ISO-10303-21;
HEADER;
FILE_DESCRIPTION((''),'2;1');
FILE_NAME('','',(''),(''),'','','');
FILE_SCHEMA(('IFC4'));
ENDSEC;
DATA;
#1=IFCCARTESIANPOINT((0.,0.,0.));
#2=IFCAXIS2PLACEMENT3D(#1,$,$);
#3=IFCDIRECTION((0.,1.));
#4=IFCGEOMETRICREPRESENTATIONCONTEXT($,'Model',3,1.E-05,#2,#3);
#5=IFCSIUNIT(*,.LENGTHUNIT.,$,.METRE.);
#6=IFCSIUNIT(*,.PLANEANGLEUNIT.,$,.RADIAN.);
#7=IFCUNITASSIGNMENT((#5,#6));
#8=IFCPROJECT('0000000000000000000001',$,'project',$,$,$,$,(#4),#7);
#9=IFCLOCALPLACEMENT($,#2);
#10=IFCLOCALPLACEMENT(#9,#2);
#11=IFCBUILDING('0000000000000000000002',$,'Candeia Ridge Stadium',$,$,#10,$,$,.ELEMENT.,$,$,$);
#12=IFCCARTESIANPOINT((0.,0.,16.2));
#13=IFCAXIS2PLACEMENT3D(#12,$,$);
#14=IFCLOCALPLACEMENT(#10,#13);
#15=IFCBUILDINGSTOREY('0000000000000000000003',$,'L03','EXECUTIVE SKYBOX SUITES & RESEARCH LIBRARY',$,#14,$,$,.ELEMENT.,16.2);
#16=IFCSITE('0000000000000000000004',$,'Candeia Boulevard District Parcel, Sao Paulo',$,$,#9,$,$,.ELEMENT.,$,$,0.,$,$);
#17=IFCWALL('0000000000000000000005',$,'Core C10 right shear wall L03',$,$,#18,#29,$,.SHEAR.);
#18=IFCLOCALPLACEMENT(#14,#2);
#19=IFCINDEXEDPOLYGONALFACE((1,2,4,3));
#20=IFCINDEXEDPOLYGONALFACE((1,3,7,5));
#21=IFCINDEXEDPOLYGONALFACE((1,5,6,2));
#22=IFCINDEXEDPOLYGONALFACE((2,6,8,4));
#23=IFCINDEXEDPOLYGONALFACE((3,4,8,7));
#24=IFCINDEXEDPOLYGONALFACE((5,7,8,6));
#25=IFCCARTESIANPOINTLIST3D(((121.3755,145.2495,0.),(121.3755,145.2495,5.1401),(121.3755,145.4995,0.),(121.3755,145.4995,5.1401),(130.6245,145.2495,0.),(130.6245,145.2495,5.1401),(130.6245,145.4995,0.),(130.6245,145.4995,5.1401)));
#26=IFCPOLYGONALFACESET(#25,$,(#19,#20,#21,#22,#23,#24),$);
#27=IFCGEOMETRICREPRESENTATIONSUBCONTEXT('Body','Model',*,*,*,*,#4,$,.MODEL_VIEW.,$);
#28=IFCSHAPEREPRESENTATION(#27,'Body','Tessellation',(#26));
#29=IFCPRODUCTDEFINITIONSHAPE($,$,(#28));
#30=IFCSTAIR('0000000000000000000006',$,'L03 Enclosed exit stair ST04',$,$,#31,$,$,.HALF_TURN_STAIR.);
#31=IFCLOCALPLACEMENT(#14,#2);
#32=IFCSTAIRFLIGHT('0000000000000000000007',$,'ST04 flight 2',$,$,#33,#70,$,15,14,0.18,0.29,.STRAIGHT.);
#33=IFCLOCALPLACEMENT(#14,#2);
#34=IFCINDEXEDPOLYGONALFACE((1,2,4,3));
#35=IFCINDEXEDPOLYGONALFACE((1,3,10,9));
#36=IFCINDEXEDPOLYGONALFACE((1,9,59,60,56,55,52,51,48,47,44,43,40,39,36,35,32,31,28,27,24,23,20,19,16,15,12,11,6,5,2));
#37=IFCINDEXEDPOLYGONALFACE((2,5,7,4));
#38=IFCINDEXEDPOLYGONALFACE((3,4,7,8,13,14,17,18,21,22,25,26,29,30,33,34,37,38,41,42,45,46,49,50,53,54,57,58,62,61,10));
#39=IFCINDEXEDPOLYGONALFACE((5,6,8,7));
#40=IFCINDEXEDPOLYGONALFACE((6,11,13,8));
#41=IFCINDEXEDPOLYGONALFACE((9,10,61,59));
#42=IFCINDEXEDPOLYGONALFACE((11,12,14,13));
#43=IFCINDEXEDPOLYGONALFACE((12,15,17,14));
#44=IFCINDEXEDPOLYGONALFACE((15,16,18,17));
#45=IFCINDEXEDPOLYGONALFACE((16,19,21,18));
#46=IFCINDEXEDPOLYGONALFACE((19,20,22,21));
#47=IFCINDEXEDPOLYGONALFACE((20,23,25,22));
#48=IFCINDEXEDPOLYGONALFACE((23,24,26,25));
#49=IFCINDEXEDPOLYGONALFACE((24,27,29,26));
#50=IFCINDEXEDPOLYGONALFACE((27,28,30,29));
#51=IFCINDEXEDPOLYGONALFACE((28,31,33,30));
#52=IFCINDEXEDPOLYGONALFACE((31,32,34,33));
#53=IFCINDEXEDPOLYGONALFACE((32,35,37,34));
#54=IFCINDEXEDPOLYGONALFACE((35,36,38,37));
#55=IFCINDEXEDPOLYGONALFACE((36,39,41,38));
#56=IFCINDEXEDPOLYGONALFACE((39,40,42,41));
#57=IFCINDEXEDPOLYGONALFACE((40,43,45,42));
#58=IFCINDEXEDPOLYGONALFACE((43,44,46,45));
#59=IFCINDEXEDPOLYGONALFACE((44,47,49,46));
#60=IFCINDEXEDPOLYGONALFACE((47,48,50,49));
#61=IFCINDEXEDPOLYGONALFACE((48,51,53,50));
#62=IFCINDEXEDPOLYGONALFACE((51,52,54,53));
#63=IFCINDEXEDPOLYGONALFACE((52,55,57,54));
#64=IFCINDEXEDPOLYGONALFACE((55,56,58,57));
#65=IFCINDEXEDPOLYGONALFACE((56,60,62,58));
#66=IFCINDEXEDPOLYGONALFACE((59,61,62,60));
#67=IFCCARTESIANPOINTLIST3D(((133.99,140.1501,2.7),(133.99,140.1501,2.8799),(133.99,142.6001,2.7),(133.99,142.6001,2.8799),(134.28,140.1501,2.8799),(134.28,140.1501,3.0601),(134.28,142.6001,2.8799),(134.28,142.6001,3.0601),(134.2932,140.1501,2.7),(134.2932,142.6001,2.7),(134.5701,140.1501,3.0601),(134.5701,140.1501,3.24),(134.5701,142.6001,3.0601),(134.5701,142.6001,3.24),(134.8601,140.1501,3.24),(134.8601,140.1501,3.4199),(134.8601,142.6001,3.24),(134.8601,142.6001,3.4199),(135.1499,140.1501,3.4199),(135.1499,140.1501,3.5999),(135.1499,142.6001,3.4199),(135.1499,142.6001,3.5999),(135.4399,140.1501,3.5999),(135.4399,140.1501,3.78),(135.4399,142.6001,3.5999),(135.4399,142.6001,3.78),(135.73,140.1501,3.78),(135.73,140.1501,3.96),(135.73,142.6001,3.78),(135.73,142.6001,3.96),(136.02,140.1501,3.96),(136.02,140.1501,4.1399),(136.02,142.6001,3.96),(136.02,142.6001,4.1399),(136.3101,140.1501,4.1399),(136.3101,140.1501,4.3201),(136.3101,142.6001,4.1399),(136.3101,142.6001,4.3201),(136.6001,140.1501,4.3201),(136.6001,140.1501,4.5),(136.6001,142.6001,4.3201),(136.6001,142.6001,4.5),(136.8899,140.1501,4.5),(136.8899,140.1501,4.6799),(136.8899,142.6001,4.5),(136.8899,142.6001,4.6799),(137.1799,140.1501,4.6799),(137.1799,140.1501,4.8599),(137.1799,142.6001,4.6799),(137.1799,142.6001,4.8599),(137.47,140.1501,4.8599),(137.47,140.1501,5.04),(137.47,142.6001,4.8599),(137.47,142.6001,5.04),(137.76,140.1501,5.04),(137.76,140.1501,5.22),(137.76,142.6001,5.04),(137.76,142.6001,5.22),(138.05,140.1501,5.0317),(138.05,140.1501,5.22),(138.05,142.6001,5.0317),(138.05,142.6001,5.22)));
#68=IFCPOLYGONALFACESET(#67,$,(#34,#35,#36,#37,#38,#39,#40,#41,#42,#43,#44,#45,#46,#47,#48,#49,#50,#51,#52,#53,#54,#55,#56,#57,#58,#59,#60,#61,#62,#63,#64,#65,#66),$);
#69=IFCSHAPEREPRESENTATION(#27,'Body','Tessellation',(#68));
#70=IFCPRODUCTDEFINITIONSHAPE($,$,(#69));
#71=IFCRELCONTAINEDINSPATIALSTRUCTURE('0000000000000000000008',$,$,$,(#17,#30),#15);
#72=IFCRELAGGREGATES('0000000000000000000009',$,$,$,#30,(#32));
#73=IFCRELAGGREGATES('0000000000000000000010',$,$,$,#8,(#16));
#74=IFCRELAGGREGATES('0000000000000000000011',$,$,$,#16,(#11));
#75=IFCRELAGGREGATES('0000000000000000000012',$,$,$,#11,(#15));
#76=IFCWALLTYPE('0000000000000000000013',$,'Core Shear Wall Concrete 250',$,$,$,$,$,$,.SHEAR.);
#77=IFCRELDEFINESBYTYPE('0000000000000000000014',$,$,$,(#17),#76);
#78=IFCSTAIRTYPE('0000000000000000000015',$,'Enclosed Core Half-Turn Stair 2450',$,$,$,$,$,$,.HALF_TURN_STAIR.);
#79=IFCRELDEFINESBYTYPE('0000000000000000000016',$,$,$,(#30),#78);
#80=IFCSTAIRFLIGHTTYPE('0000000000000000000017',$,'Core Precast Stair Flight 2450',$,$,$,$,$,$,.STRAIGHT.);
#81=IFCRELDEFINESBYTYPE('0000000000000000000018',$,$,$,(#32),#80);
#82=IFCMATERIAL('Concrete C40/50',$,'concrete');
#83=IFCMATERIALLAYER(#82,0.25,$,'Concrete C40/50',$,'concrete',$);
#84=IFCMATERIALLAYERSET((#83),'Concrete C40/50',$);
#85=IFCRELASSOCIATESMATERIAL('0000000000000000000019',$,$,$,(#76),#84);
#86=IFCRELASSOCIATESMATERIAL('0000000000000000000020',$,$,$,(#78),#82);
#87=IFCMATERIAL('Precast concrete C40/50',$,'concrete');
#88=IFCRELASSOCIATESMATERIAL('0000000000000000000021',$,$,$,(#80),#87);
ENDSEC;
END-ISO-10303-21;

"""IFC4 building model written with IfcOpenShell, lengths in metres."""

from ifc_helpers import new_model, si_unit, direction, frame, frame_2d, origin, place, context, subcontext, project, spatial, polyline, rectangle, outline, extrude, material, layer, layer_set, type_object, element, aggregate, save


model = new_model("IFC4")

# Units and contexts
model_context = context("Model", 3, precision=1e-05, world=origin(), true_north=direction((0.0, 1.0)))
body_context = subcontext(model_context, "Body", "Model", "MODEL_VIEW")
ifc_project = project(units=[si_unit("LENGTHUNIT", "METRE"), si_unit("PLANEANGLEUNIT", "RADIAN")], contexts=[model_context])

# Site, building, storey
site_placement = place(None, origin())
site = spatial("IfcSite", under=ifc_project, at=site_placement, Name="Candeia Boulevard District Parcel, Sao Paulo", CompositionType="ELEMENT", RefElevation=0.0)
building_placement = place(site_placement, origin())
building = spatial("IfcBuilding", under=site, at=building_placement, Name="Candeia Ridge Stadium", CompositionType="ELEMENT")
storey_placement = place(building_placement, frame((0.0, 0.0, 16.2)))
storey = spatial("IfcBuildingStorey", under=building, at=storey_placement, Name="L03", Description="EXECUTIVE SKYBOX SUITES & RESEARCH LIBRARY", CompositionType="ELEMENT", Elevation=16.2)

# Shared definitions
ifc_material_1 = material(Name="Concrete C40/50", Category="concrete")

# Wall
ifc_layer_1 = layer(ifc_material_1, 0.25, Name="Concrete C40/50", Category="concrete")
ifc_layer_set_1 = layer_set([ifc_layer_1], Name="Concrete C40/50")
wall_type = type_object("IfcWallType", Name="Core Shear Wall Concrete 250", PredefinedType="SHEAR", material=ifc_layer_set_1)
wall_1_placement = place(storey_placement, frame((130.6245, 145.3745, 0.0), z_axis=(0.0, 0.0, 1.0), x_axis=(-1.0, 0.0, 0.0)))
element("IfcWall", 1, at=wall_1_placement, inside=storey, type_object=wall_type, Name="Core C10 right shear wall L03", PredefinedType="SHEAR", context=body_context, shape_type="SweptSolid", body=[
    extrude(rectangle(XDim=9.249, YDim=0.25, at=frame_2d((4.6245, 0.0))), origin(), (0.0, 0.0, 1.0), 5.1401),
])

# Stair, stair flight
stair_type = type_object("IfcStairType", Name="Enclosed Core Half-Turn Stair 2450", PredefinedType="HALF_TURN_STAIR", material=ifc_material_1)
stair_placement = place(storey_placement, origin())
stair = element("IfcStair", 2, at=stair_placement, inside=storey, type_object=stair_type, Name="L03 Enclosed exit stair ST04", PredefinedType="HALF_TURN_STAIR")
ifc_material_2 = material(Name="Precast concrete C40/50", Category="concrete")
stair_flight_type = type_object("IfcStairFlightType", Name="Core Precast Stair Flight 2450", PredefinedType="STRAIGHT", material=ifc_material_2)
stair_flight_placement = place(storey_placement, frame((133.99, 141.375, 2.7), z_axis=(0.0, 0.0, 1.0), x_axis=(1.0, 0.0, 0.0)))
stair_flight = element("IfcStairFlight", 3, at=stair_flight_placement, type_object=stair_flight_type, Name="ST04 flight 2", NumberOfRisers=15, NumberOfTreads=14, PredefinedType="STRAIGHT", RiserHeight=0.18, TreadLength=0.29, context=body_context, shape_type="SweptSolid", body=[
    extrude(outline(polyline([(0.0, 0.0), (0.0, 0.1799), (0.29, 0.1799), (0.29, 0.3601), (0.5801, 0.3601), (0.5801, 0.54), (0.8701, 0.54), (0.8701, 0.72), (1.1599, 0.72), (1.1599, 0.8999), (1.45, 0.8999), (1.45, 1.0801), (1.74, 1.0801), (1.74, 1.26), (2.03, 1.26), (2.03, 1.4399), (2.3201, 1.4399), (2.3201, 1.6201), (2.6101, 1.6201), (2.6101, 1.8), (2.8999, 1.8), (2.8999, 1.98), (3.1899, 1.98), (3.1899, 2.1599), (3.48, 2.1599), (3.48, 2.3401), (3.77, 2.3401), (3.77, 2.52), (4.0601, 2.52), (4.0601, 2.7), (4.0601, 2.3318), (0.3032, 0.0), (0.0, 0.0)])), frame((0.0, 1.2251, 0.0), z_axis=(0.0, -1.0, 0.0), x_axis=(1.0, 0.0, 0.0)), (0.0, 0.0, 1.0), 2.45),
])
aggregate(stair, [stair_flight])

save(model, "model.ifc")
